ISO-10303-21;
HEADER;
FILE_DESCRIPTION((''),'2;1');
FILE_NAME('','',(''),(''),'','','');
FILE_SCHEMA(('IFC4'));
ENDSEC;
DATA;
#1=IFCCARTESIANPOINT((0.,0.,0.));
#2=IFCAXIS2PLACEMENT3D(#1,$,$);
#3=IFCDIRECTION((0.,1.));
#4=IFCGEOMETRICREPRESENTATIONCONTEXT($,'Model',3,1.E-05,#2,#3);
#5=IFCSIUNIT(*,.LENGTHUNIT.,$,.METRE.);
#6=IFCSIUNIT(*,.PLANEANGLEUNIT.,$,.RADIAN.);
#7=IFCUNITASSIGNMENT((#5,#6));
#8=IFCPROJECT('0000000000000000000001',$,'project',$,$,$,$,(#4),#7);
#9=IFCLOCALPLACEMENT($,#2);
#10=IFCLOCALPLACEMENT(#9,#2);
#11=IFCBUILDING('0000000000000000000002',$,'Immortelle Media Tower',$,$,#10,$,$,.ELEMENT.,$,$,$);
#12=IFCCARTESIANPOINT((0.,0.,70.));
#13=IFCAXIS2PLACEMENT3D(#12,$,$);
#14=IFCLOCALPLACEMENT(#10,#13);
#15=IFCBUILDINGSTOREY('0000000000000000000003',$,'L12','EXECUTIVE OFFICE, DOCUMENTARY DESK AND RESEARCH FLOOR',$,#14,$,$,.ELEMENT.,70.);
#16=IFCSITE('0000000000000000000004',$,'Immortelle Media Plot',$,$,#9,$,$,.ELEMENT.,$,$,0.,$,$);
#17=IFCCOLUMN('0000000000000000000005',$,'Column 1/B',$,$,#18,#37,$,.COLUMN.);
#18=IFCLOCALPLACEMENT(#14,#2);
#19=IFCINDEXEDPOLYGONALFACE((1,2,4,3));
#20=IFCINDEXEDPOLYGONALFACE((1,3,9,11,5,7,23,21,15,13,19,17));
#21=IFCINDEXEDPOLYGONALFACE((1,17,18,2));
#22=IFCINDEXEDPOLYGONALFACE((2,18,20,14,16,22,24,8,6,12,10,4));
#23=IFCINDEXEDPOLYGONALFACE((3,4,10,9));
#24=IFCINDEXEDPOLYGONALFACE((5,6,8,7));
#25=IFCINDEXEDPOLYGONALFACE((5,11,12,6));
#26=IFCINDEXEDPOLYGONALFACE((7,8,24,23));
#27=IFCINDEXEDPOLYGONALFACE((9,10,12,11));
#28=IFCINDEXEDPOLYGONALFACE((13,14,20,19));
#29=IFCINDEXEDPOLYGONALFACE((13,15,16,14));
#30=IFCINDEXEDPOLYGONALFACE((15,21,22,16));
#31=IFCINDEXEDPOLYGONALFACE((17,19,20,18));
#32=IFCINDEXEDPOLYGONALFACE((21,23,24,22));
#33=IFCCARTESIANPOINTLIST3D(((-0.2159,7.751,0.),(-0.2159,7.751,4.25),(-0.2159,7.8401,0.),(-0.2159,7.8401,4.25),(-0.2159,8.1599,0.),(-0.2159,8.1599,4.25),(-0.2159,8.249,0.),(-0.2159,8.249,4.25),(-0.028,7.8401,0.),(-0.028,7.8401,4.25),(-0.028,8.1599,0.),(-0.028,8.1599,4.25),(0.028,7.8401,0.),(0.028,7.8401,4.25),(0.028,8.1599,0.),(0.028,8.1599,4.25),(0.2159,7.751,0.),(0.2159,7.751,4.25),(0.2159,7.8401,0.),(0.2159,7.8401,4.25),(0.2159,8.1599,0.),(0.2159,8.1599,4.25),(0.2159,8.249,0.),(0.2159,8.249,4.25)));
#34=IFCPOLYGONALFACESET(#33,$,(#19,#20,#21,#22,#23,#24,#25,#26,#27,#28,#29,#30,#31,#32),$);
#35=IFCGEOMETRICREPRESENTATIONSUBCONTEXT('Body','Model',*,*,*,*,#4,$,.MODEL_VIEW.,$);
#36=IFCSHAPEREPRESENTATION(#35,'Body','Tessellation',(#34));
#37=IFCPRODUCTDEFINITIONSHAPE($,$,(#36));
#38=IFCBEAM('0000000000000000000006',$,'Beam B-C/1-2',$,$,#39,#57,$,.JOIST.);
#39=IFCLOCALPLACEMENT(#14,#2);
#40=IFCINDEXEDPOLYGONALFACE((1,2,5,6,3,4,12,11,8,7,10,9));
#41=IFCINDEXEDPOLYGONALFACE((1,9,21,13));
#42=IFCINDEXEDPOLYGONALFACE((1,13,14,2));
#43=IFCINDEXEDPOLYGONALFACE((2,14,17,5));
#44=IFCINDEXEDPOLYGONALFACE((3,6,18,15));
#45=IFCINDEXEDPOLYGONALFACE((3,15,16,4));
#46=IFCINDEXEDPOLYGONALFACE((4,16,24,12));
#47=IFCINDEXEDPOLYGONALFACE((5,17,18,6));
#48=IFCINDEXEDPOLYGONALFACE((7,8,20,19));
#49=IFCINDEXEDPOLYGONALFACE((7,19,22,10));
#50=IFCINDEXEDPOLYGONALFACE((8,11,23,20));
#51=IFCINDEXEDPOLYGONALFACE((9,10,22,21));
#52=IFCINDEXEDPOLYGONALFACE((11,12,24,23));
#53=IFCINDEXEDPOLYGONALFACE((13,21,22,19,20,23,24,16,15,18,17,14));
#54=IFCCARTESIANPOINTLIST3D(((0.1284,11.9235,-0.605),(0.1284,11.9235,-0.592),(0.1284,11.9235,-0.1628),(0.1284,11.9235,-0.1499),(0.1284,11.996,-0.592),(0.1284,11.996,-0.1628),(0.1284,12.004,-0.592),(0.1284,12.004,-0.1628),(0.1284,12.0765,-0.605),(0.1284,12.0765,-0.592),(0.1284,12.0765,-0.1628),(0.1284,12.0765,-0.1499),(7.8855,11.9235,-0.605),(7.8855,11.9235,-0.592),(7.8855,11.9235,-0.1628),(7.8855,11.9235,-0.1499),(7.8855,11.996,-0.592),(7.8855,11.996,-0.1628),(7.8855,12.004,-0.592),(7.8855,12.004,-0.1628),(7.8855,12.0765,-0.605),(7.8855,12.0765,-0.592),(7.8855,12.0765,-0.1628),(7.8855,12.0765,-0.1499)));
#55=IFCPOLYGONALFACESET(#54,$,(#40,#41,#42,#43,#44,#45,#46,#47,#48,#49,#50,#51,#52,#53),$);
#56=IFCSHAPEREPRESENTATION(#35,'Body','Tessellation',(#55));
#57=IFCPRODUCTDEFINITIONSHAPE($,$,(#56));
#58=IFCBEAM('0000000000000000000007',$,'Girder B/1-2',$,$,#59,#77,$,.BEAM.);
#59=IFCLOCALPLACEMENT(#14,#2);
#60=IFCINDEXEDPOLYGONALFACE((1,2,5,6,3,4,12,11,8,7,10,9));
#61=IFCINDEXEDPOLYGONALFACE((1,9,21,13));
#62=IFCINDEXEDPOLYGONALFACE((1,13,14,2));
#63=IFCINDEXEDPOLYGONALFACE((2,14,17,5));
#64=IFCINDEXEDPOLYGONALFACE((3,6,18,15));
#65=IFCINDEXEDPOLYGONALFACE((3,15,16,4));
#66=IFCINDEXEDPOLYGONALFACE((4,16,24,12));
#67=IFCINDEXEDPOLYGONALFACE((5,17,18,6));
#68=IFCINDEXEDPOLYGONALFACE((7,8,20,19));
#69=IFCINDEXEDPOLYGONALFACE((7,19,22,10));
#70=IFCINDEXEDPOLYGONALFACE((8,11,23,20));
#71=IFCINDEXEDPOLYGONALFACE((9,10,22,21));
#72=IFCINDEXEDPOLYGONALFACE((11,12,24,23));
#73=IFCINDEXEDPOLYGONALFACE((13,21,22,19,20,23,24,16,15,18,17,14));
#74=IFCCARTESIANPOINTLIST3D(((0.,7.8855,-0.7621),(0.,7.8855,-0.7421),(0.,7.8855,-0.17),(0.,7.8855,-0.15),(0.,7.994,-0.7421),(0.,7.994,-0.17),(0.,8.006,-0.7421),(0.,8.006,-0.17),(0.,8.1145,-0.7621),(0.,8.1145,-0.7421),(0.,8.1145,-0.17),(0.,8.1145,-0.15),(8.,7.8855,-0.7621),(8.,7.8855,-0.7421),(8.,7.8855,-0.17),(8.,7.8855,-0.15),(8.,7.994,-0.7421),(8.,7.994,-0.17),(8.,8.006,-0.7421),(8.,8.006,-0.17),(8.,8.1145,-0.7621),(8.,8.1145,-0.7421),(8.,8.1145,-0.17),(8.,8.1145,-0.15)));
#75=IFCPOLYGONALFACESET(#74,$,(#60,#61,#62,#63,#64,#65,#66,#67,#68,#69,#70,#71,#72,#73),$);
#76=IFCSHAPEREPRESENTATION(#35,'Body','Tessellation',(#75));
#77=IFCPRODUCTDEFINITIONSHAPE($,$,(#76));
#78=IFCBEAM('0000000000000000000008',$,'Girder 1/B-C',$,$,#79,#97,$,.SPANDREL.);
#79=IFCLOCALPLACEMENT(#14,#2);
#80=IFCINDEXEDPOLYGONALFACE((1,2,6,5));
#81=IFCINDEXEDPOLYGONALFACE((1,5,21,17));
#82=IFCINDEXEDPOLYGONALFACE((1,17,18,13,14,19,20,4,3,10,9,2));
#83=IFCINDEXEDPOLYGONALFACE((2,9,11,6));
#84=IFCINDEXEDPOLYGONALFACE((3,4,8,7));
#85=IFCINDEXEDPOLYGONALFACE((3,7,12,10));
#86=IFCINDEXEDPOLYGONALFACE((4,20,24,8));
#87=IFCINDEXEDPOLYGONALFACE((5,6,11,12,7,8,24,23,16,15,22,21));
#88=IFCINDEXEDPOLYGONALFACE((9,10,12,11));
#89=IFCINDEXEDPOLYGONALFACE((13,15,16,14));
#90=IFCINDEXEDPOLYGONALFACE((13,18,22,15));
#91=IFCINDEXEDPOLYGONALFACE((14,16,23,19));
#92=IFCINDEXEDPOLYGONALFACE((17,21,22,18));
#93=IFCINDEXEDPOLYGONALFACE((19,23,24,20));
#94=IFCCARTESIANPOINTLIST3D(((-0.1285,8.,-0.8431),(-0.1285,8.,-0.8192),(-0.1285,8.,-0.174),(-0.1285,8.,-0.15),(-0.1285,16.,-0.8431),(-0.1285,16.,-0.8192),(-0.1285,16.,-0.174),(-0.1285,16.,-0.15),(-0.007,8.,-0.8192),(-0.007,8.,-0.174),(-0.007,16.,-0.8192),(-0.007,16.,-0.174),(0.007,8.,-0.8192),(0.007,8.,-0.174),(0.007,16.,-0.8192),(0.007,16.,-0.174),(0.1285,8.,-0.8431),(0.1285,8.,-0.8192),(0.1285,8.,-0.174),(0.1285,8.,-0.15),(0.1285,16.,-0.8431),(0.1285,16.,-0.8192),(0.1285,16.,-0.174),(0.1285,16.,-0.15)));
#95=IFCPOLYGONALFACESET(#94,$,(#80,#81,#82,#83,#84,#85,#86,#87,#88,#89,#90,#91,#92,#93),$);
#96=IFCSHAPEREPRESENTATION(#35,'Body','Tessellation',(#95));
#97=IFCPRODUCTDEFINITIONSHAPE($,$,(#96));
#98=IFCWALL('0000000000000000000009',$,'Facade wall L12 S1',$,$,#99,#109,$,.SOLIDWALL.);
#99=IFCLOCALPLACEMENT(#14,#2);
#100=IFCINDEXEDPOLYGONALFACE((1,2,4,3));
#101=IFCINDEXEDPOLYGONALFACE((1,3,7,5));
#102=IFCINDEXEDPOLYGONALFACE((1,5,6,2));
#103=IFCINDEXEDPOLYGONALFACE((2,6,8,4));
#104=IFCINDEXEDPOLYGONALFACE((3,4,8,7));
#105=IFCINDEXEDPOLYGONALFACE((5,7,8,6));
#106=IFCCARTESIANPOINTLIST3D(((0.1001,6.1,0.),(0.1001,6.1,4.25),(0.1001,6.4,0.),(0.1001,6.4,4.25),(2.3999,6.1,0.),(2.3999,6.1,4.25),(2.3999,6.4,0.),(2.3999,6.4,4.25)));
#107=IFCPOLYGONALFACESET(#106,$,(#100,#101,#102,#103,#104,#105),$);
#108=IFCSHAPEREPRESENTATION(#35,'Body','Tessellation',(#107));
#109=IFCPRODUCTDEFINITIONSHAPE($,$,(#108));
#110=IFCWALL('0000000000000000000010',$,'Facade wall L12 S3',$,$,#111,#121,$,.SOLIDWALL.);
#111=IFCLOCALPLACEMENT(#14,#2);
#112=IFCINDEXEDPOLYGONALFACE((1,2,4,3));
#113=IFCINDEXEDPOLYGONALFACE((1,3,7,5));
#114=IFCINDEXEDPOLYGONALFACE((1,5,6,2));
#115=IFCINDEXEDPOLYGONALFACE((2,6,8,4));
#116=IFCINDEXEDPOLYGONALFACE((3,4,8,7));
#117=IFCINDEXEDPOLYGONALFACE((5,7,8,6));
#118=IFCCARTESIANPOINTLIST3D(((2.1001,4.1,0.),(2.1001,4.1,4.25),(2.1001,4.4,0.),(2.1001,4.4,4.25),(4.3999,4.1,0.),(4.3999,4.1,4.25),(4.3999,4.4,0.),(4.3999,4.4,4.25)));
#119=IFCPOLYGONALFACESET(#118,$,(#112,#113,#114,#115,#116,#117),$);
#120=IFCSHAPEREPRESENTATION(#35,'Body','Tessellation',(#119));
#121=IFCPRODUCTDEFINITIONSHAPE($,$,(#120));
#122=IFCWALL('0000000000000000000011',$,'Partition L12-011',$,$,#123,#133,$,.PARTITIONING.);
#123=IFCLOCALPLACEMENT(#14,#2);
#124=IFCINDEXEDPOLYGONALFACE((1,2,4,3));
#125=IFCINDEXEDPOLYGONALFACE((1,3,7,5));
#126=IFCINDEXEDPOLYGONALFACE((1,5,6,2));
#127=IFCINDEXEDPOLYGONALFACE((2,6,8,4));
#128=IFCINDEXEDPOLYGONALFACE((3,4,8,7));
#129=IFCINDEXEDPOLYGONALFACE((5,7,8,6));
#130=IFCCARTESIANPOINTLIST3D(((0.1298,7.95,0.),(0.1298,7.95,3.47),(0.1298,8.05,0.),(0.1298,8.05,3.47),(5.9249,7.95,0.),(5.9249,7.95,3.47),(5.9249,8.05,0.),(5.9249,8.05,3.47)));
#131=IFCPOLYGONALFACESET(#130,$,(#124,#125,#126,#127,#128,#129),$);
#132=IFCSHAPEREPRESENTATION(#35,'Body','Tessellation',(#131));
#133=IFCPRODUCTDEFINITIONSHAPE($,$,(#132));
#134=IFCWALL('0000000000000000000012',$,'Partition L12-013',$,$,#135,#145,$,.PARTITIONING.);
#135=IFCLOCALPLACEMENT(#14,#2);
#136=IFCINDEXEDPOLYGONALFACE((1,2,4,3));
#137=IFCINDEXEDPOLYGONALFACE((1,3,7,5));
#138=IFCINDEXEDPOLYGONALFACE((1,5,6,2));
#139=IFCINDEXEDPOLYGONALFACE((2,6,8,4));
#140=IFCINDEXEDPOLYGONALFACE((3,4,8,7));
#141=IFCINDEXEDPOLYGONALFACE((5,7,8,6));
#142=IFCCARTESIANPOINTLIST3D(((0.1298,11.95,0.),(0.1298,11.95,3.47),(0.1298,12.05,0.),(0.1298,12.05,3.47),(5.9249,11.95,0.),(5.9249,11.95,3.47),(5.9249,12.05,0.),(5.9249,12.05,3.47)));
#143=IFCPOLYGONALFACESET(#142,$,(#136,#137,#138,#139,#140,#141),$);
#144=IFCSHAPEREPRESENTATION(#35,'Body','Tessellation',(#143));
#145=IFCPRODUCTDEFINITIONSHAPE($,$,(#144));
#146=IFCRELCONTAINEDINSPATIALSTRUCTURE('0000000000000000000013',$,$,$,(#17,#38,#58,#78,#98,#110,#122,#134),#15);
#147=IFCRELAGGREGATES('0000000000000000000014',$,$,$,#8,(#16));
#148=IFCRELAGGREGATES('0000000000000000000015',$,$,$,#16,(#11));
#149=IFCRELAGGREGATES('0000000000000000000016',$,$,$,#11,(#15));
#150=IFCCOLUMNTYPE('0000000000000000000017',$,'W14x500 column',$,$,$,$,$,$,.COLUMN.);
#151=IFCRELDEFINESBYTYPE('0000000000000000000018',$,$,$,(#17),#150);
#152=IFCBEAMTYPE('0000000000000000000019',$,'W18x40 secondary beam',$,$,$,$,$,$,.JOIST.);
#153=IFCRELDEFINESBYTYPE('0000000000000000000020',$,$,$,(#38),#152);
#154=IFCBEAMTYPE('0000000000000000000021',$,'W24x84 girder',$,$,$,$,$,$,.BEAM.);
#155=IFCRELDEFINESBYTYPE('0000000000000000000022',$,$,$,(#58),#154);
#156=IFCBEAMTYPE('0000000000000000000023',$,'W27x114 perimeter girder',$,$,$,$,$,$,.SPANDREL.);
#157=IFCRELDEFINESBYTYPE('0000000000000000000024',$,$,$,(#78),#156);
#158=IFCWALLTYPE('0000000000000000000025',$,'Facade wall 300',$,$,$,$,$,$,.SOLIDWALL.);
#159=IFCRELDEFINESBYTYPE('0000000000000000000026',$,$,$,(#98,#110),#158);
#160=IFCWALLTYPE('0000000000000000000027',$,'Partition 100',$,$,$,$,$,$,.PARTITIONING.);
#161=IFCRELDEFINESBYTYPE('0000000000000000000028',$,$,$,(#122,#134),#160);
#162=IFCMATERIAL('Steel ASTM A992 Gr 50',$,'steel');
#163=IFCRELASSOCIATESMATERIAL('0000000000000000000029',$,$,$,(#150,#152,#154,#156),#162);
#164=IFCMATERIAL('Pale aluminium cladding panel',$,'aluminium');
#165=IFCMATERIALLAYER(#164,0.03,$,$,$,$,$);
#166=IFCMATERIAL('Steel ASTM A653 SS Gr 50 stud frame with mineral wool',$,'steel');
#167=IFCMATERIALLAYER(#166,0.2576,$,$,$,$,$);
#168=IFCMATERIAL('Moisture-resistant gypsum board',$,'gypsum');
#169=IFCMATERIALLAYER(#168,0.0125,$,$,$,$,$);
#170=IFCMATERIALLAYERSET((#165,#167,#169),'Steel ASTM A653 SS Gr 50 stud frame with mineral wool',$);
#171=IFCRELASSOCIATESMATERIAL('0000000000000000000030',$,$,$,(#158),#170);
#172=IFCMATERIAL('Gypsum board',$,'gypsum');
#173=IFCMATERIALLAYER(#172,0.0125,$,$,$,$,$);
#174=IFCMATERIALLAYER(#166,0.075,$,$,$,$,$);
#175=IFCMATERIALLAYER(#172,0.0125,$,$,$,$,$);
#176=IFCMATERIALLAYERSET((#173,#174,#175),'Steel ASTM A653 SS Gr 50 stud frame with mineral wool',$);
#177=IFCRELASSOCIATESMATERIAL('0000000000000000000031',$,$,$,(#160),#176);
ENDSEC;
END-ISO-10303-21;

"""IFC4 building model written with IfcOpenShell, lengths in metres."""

from ifc_helpers import new_model, si_unit, direction, frame, frame_2d, origin, origin_2d, place, context, subcontext, project, spatial, rectangle, i_section, extrude, material, layer, layer_set, material_profile, profile_set, type_object, element, save


model = new_model("IFC4")

# Units and contexts
model_context = context("Model", 3, precision=1e-05, world=origin(), true_north=direction((0.0, 1.0)))
body_context = subcontext(model_context, "Body", "Model", "MODEL_VIEW")
ifc_project = project(units=[si_unit("LENGTHUNIT", "METRE"), si_unit("PLANEANGLEUNIT", "RADIAN")], contexts=[model_context])

# Site, building, storey
site_placement = place(None, origin())
site = spatial("IfcSite", under=ifc_project, at=site_placement, Name="Immortelle Media Plot", CompositionType="ELEMENT", RefElevation=0.0)
building_placement = place(site_placement, origin())
building = spatial("IfcBuilding", under=site, at=building_placement, Name="Immortelle Media Tower", CompositionType="ELEMENT")
storey_placement = place(building_placement, frame((0.0, 0.0, 70.0)))
storey = spatial("IfcBuildingStorey", under=building, at=storey_placement, Name="L12", Description="EXECUTIVE OFFICE, DOCUMENTARY DESK AND RESEARCH FLOOR", CompositionType="ELEMENT", Elevation=70.0)

# Column
ifc_material_1 = material(Name="Steel ASTM A992 Gr 50", Category="steel")
ifc_material_profile_1 = material_profile(ifc_material_1, i_section(OverallWidth=0.4319, OverallDepth=0.498, WebThickness=0.0559, FlangeThickness=0.0891, at=origin_2d()), Name="W14x500")
ifc_profile_set_1 = profile_set([ifc_material_profile_1], Name="Steel ASTM A992 Gr 50")
column_type = type_object("IfcColumnType", Name="W14x500 column", PredefinedType="COLUMN", material=ifc_profile_set_1)
column_placement = place(storey_placement, frame((0.0, 8.0, 0.0), z_axis=(0.0, 0.0, 1.0), x_axis=(1.0, 0.0, 0.0)))
element("IfcColumn", 1, at=column_placement, inside=storey, type_object=column_type, Name="Column 1/B", PredefinedType="COLUMN", context=body_context, shape_type="SweptSolid", body=[
    extrude(i_section(OverallWidth=0.4319, OverallDepth=0.498, WebThickness=0.0559, FlangeThickness=0.0891, at=origin_2d()), origin(), (0.0, 0.0, 1.0), 4.25),
])

# Beams
ifc_material_profile_2 = material_profile(ifc_material_1, i_section(OverallWidth=0.1531, OverallDepth=0.4551, WebThickness=0.0081, FlangeThickness=0.0129, at=origin_2d()), Name="W18x40")
ifc_profile_set_2 = profile_set([ifc_material_profile_2], Name="Steel ASTM A992 Gr 50")
beam_type_1 = type_object("IfcBeamType", Name="W18x40 secondary beam", PredefinedType="JOIST", material=ifc_profile_set_2)
beam_1_placement = place(storey_placement, frame((0.1284, 12.0, -0.3774), z_axis=(1.0, 0.0, 0.0), x_axis=(0.0, 1.0, 0.0)))
element("IfcBeam", 2, at=beam_1_placement, inside=storey, type_object=beam_type_1, Name="Beam B-C/1-2", PredefinedType="JOIST", context=body_context, shape_type="SweptSolid", body=[
    extrude(i_section(OverallWidth=0.1531, OverallDepth=0.4551, WebThickness=0.0081, FlangeThickness=0.0129, at=origin_2d()), origin(), (0.0, 0.0, 1.0), 7.7571),
])
ifc_material_profile_3 = material_profile(ifc_material_1, i_section(OverallWidth=0.229, OverallDepth=0.6121, WebThickness=0.012, FlangeThickness=0.02, at=origin_2d()), Name="W24x84")
ifc_profile_set_3 = profile_set([ifc_material_profile_3], Name="Steel ASTM A992 Gr 50")
beam_type_2 = type_object("IfcBeamType", Name="W24x84 girder", PredefinedType="BEAM", material=ifc_profile_set_3)
beam_2_placement = place(storey_placement, frame((0.0, 8.0, -0.4561), z_axis=(1.0, 0.0, 0.0), x_axis=(0.0, 1.0, 0.0)))
element("IfcBeam", 3, at=beam_2_placement, inside=storey, type_object=beam_type_2, Name="Girder B/1-2", PredefinedType="BEAM", context=body_context, shape_type="SweptSolid", body=[
    extrude(i_section(OverallWidth=0.229, OverallDepth=0.6121, WebThickness=0.012, FlangeThickness=0.02, at=origin_2d()), origin(), (0.0, 0.0, 1.0), 8.0),
])
ifc_material_profile_4 = material_profile(ifc_material_1, i_section(OverallWidth=0.2571, OverallDepth=0.6931, WebThickness=0.0139, FlangeThickness=0.0239, at=origin_2d()), Name="W27x114")
ifc_profile_set_4 = profile_set([ifc_material_profile_4], Name="Steel ASTM A992 Gr 50")
beam_type_3 = type_object("IfcBeamType", Name="W27x114 perimeter girder", PredefinedType="SPANDREL", material=ifc_profile_set_4)
beam_3_placement = place(storey_placement, frame((0.0, 8.0, -0.4966), z_axis=(0.0, 1.0, 0.0), x_axis=(-1.0, 0.0, 0.0)))
element("IfcBeam", 4, at=beam_3_placement, inside=storey, type_object=beam_type_3, Name="Girder 1/B-C", PredefinedType="SPANDREL", context=body_context, shape_type="SweptSolid", body=[
    extrude(i_section(OverallWidth=0.2571, OverallDepth=0.6931, WebThickness=0.0139, FlangeThickness=0.0239, at=origin_2d()), origin(), (0.0, 0.0, 1.0), 8.0),
])

# Walls
ifc_material_2 = material(Name="Pale aluminium cladding panel", Category="aluminium")
ifc_layer_1 = layer(ifc_material_2, 0.03)
ifc_material_3 = material(Name="Steel ASTM A653 SS Gr 50 stud frame with mineral wool", Category="steel")
ifc_layer_2 = layer(ifc_material_3, 0.2576)
ifc_material_4 = material(Name="Moisture-resistant gypsum board", Category="gypsum")
ifc_layer_3 = layer(ifc_material_4, 0.0125)
ifc_layer_set_1 = layer_set([ifc_layer_1, ifc_layer_2, ifc_layer_3], Name="Steel ASTM A653 SS Gr 50 stud frame with mineral wool")
wall_type_1 = type_object("IfcWallType", Name="Facade wall 300", PredefinedType="SOLIDWALL", material=ifc_layer_set_1)
for number, where, z_axis, x_axis, name in (
    (5, (0.1001, 6.25, 0.0), (0.0, 0.0, 1.0), (1.0, 0.0, 0.0), "Facade wall L12 S1"),
    (6, (2.1001, 4.25, 0.0), (0.0, 0.0, 1.0), (1.0, 0.0, 0.0), "Facade wall L12 S3"),
):
    element("IfcWall", number, at=place(storey_placement, frame(where, z_axis=z_axis, x_axis=x_axis)), inside=storey, type_object=wall_type_1, Name=name, PredefinedType="SOLIDWALL", context=body_context, shape_type="SweptSolid", body=[
        extrude(rectangle(XDim=2.2998, YDim=0.3, at=frame_2d((1.1499, 0.0))), origin(), (0.0, 0.0, 1.0), 4.25),
    ])
ifc_material_5 = material(Name="Gypsum board", Category="gypsum")
ifc_layer_4 = layer(ifc_material_5, 0.0125)
ifc_layer_5 = layer(ifc_material_3, 0.075)
ifc_layer_6 = layer(ifc_material_5, 0.0125)
ifc_layer_set_2 = layer_set([ifc_layer_4, ifc_layer_5, ifc_layer_6], Name="Steel ASTM A653 SS Gr 50 stud frame with mineral wool")
wall_type_2 = type_object("IfcWallType", Name="Partition 100", PredefinedType="PARTITIONING", material=ifc_layer_set_2)
for number, where, z_axis, x_axis, name in (
    (7, (0.1299, 8.0, 0.0), (0.0, 0.0, 1.0), (1.0, 0.0, 0.0), "Partition L12-011"),
    (8, (0.1299, 12.0, 0.0), (0.0, 0.0, 1.0), (1.0, 0.0, 0.0), "Partition L12-013"),
):
    element("IfcWall", number, at=place(storey_placement, frame(where, z_axis=z_axis, x_axis=x_axis)), inside=storey, type_object=wall_type_2, Name=name, PredefinedType="PARTITIONING", context=body_context, shape_type="SweptSolid", body=[
        extrude(rectangle(XDim=5.7952, YDim=0.1001, at=frame_2d((2.8975, 0.0))), origin(), (0.0, 0.0, 1.0), 3.47),
    ])

save(model, "model.ifc")
